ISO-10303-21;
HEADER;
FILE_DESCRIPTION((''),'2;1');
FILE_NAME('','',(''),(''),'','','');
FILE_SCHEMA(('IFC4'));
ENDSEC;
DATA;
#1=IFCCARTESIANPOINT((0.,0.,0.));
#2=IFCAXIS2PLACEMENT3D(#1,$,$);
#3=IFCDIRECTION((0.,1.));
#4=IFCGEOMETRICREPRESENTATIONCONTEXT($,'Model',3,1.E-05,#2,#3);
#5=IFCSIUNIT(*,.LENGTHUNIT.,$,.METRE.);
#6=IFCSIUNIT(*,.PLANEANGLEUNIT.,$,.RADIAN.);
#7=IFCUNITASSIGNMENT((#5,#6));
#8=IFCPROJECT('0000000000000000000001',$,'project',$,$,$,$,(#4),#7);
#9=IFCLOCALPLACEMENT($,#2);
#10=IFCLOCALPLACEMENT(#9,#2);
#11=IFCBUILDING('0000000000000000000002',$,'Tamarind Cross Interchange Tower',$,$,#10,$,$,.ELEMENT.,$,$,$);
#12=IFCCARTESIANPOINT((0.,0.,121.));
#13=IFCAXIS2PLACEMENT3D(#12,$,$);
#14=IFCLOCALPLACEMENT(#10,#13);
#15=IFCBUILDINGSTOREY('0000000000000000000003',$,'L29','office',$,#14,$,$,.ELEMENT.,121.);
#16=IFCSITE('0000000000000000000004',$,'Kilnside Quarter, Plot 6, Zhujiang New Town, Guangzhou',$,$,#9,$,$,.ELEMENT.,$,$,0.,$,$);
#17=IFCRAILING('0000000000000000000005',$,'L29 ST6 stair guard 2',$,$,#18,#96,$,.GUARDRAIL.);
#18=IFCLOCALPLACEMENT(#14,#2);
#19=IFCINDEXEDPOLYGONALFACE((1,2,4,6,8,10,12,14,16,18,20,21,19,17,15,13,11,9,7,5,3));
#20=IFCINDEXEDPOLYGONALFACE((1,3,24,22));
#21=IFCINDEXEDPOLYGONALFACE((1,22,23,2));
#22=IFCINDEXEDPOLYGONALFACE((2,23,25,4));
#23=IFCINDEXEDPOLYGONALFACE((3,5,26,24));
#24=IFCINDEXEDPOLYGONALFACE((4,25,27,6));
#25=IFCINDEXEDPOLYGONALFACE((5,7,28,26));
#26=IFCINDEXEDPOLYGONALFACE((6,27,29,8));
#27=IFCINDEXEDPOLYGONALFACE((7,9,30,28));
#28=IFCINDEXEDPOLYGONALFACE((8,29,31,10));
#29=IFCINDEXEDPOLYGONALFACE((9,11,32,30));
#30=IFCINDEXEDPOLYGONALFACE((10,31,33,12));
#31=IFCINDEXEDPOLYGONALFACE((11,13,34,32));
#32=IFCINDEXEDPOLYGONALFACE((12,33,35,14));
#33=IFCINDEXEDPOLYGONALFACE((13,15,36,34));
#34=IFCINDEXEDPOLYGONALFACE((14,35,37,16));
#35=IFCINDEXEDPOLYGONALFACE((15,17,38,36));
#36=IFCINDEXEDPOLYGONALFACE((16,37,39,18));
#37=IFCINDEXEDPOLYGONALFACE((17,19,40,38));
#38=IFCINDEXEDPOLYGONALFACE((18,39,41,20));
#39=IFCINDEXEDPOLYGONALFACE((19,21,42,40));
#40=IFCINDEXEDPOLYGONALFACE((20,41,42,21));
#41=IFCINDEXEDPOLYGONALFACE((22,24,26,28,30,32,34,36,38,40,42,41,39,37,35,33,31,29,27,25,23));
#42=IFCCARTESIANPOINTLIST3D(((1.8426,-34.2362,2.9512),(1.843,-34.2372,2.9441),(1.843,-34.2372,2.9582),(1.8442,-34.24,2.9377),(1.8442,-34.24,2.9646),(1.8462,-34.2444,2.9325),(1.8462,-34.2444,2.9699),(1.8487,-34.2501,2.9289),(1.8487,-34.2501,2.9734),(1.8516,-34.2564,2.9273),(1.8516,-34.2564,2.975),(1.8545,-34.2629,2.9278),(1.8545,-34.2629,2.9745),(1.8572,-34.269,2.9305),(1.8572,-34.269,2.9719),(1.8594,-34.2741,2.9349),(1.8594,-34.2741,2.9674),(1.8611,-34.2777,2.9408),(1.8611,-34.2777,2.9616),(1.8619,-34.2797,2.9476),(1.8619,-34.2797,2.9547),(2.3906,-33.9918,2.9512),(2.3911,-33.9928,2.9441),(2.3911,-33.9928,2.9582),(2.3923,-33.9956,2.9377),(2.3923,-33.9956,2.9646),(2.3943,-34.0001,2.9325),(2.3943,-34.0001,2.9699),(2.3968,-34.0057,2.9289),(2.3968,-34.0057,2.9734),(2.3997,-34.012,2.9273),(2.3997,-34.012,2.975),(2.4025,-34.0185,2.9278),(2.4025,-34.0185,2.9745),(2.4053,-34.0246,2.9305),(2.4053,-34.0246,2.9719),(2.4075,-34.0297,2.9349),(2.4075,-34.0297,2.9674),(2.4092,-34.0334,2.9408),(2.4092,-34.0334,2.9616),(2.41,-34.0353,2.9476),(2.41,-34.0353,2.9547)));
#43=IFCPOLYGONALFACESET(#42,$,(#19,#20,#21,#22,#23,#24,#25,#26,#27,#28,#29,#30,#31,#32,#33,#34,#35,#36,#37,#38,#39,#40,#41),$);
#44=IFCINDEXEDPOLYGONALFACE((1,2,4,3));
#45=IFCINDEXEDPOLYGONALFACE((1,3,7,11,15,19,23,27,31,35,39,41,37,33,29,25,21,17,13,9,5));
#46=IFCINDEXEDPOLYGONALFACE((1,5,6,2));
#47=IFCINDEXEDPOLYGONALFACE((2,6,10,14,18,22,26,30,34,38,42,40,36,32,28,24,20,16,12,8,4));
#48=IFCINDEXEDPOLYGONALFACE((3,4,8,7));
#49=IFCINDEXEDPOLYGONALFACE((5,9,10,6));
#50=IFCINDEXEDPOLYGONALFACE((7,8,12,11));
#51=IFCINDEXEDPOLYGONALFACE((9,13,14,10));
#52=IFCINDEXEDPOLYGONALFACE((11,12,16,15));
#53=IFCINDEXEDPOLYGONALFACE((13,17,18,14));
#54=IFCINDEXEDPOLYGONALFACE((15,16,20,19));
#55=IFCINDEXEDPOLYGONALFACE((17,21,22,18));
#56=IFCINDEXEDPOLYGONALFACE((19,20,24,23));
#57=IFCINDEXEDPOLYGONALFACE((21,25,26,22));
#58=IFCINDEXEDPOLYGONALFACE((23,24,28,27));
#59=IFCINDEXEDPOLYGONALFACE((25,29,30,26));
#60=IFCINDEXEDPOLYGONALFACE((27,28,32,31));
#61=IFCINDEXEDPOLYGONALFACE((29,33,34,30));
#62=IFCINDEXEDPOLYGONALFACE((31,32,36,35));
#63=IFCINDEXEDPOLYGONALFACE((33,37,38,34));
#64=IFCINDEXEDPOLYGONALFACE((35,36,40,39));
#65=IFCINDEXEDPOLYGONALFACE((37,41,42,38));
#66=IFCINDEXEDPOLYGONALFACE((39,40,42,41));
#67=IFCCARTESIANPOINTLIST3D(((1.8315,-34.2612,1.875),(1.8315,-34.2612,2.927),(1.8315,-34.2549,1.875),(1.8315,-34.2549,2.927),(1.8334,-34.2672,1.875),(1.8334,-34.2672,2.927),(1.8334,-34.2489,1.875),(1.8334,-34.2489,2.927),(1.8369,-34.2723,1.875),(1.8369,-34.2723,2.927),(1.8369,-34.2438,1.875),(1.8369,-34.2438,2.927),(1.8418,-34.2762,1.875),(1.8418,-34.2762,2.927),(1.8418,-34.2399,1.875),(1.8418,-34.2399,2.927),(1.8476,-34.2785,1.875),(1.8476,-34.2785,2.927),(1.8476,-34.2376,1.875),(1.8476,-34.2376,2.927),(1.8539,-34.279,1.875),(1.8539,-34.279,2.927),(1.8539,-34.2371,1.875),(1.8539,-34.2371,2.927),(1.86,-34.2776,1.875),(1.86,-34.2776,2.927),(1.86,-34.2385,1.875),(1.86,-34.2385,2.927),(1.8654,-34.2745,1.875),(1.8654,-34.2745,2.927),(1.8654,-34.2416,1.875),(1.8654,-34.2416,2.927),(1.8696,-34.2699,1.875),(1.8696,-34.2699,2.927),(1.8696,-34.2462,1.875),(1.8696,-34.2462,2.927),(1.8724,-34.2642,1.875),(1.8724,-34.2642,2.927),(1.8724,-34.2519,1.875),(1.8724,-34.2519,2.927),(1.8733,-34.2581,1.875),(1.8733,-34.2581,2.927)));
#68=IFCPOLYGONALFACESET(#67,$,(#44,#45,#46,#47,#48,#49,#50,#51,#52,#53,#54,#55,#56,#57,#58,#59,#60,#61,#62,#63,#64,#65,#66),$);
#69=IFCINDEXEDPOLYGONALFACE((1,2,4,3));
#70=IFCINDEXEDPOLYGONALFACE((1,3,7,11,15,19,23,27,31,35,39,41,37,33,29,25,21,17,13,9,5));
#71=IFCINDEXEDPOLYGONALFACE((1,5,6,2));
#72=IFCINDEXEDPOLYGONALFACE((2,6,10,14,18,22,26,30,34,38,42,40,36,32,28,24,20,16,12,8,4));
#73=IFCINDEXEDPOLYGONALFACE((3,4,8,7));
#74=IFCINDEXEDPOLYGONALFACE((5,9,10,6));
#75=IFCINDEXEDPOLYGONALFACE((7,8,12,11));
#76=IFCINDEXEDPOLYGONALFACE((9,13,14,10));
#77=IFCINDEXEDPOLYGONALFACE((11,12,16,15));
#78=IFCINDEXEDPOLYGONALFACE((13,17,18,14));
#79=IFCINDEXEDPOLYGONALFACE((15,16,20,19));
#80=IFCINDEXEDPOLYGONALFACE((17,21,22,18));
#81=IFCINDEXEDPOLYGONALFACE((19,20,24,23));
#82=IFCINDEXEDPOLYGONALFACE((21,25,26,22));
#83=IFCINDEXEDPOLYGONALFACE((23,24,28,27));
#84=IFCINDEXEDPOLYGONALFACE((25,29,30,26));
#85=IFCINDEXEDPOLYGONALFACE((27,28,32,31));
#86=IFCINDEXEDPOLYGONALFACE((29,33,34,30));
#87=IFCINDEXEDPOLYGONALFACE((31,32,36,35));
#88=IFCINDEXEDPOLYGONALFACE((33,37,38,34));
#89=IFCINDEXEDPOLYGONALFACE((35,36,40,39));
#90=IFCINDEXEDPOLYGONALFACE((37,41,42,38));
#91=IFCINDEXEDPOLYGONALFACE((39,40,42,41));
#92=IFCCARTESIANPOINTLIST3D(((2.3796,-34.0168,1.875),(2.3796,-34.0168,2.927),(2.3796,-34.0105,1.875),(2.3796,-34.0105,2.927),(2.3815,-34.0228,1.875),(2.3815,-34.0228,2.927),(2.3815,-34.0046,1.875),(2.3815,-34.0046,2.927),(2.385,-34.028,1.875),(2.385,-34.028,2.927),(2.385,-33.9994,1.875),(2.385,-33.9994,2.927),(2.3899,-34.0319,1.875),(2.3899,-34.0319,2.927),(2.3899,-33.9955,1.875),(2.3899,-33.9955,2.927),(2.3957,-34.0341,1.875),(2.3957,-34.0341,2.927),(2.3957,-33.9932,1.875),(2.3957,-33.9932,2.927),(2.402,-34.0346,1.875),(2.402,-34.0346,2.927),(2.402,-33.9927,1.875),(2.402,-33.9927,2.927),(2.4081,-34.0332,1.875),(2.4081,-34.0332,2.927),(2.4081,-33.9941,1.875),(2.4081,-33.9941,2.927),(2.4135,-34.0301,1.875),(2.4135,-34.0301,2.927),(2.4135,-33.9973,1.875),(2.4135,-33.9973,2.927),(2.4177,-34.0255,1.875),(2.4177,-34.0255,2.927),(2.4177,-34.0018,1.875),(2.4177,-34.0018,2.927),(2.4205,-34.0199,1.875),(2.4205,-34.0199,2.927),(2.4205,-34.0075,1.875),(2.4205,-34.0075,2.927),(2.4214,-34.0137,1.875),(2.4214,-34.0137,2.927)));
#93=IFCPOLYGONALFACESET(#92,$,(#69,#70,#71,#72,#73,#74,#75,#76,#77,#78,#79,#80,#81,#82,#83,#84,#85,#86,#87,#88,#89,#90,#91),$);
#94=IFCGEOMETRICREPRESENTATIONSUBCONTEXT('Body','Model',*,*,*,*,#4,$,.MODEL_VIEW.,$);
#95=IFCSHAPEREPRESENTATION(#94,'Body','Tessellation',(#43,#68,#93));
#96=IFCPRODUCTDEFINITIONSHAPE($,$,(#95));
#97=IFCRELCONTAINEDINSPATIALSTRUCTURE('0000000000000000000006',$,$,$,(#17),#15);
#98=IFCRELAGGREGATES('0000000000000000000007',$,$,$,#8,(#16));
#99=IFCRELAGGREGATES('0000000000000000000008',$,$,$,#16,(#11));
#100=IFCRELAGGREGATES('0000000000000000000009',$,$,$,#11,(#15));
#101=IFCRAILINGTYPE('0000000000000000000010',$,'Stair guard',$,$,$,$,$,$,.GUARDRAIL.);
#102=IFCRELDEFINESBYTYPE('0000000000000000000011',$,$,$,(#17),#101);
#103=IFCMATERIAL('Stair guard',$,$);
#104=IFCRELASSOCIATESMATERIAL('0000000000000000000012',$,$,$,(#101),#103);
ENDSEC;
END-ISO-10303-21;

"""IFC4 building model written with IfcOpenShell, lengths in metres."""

from ifc_helpers import new_model, si_unit, direction, frame, origin, origin_2d, place, context, subcontext, project, spatial, circle, extrude, material, type_object, element, save


model = new_model("IFC4")

# Units and contexts
model_context = context("Model", 3, precision=1e-05, world=origin(), true_north=direction((0.0, 1.0)))
body_context = subcontext(model_context, "Body", "Model", "MODEL_VIEW")
ifc_project = project(units=[si_unit("LENGTHUNIT", "METRE"), si_unit("PLANEANGLEUNIT", "RADIAN")], contexts=[model_context])

# Site, building, storey
site_placement = place(None, origin())
site = spatial("IfcSite", under=ifc_project, at=site_placement, Name="Kilnside Quarter, Plot 6, Zhujiang New Town, Guangzhou", CompositionType="ELEMENT", RefElevation=0.0)
building_placement = place(site_placement, origin())
building = spatial("IfcBuilding", under=site, at=building_placement, Name="Tamarind Cross Interchange Tower", CompositionType="ELEMENT")
storey_placement = place(building_placement, frame((0.0, 0.0, 121.0)))
storey = spatial("IfcBuildingStorey", under=building, at=storey_placement, Name="L29", Description="office", CompositionType="ELEMENT", Elevation=121.0)

# Railing
ifc_material_1 = material(Name="Stair guard")
railing_type_1 = type_object("IfcRailingType", Name="Stair guard", PredefinedType="GUARDRAIL", material=ifc_material_1)
railing_1_placement = place(storey_placement, frame((1.8523, -34.2581, 1.875)))
element("IfcRailing", 1, at=railing_1_placement, inside=storey, type_object=railing_type_1, Name="L29 ST6 stair guard 2", PredefinedType="GUARDRAIL", context=body_context, shape_type="SweptSolid", body=[
    extrude(circle(Radius=0.0239, at=origin_2d()), frame((0.0, 0.0, 1.0762), z_axis=(0.913324, 0.407233, 0.0), x_axis=(-0.407233, 0.913324, 0.0)), (0.0, 0.0, 1.0), 0.6001),
    extrude(circle(Radius=0.021, at=origin_2d()), origin(), (0.0, 0.0, 1.0), 1.052),
    extrude(circle(Radius=0.021, at=origin_2d()), frame((0.5481, 0.2444, 0.0)), (0.0, 0.0, 1.0), 1.052),
])

save(model, "model.ifc")
